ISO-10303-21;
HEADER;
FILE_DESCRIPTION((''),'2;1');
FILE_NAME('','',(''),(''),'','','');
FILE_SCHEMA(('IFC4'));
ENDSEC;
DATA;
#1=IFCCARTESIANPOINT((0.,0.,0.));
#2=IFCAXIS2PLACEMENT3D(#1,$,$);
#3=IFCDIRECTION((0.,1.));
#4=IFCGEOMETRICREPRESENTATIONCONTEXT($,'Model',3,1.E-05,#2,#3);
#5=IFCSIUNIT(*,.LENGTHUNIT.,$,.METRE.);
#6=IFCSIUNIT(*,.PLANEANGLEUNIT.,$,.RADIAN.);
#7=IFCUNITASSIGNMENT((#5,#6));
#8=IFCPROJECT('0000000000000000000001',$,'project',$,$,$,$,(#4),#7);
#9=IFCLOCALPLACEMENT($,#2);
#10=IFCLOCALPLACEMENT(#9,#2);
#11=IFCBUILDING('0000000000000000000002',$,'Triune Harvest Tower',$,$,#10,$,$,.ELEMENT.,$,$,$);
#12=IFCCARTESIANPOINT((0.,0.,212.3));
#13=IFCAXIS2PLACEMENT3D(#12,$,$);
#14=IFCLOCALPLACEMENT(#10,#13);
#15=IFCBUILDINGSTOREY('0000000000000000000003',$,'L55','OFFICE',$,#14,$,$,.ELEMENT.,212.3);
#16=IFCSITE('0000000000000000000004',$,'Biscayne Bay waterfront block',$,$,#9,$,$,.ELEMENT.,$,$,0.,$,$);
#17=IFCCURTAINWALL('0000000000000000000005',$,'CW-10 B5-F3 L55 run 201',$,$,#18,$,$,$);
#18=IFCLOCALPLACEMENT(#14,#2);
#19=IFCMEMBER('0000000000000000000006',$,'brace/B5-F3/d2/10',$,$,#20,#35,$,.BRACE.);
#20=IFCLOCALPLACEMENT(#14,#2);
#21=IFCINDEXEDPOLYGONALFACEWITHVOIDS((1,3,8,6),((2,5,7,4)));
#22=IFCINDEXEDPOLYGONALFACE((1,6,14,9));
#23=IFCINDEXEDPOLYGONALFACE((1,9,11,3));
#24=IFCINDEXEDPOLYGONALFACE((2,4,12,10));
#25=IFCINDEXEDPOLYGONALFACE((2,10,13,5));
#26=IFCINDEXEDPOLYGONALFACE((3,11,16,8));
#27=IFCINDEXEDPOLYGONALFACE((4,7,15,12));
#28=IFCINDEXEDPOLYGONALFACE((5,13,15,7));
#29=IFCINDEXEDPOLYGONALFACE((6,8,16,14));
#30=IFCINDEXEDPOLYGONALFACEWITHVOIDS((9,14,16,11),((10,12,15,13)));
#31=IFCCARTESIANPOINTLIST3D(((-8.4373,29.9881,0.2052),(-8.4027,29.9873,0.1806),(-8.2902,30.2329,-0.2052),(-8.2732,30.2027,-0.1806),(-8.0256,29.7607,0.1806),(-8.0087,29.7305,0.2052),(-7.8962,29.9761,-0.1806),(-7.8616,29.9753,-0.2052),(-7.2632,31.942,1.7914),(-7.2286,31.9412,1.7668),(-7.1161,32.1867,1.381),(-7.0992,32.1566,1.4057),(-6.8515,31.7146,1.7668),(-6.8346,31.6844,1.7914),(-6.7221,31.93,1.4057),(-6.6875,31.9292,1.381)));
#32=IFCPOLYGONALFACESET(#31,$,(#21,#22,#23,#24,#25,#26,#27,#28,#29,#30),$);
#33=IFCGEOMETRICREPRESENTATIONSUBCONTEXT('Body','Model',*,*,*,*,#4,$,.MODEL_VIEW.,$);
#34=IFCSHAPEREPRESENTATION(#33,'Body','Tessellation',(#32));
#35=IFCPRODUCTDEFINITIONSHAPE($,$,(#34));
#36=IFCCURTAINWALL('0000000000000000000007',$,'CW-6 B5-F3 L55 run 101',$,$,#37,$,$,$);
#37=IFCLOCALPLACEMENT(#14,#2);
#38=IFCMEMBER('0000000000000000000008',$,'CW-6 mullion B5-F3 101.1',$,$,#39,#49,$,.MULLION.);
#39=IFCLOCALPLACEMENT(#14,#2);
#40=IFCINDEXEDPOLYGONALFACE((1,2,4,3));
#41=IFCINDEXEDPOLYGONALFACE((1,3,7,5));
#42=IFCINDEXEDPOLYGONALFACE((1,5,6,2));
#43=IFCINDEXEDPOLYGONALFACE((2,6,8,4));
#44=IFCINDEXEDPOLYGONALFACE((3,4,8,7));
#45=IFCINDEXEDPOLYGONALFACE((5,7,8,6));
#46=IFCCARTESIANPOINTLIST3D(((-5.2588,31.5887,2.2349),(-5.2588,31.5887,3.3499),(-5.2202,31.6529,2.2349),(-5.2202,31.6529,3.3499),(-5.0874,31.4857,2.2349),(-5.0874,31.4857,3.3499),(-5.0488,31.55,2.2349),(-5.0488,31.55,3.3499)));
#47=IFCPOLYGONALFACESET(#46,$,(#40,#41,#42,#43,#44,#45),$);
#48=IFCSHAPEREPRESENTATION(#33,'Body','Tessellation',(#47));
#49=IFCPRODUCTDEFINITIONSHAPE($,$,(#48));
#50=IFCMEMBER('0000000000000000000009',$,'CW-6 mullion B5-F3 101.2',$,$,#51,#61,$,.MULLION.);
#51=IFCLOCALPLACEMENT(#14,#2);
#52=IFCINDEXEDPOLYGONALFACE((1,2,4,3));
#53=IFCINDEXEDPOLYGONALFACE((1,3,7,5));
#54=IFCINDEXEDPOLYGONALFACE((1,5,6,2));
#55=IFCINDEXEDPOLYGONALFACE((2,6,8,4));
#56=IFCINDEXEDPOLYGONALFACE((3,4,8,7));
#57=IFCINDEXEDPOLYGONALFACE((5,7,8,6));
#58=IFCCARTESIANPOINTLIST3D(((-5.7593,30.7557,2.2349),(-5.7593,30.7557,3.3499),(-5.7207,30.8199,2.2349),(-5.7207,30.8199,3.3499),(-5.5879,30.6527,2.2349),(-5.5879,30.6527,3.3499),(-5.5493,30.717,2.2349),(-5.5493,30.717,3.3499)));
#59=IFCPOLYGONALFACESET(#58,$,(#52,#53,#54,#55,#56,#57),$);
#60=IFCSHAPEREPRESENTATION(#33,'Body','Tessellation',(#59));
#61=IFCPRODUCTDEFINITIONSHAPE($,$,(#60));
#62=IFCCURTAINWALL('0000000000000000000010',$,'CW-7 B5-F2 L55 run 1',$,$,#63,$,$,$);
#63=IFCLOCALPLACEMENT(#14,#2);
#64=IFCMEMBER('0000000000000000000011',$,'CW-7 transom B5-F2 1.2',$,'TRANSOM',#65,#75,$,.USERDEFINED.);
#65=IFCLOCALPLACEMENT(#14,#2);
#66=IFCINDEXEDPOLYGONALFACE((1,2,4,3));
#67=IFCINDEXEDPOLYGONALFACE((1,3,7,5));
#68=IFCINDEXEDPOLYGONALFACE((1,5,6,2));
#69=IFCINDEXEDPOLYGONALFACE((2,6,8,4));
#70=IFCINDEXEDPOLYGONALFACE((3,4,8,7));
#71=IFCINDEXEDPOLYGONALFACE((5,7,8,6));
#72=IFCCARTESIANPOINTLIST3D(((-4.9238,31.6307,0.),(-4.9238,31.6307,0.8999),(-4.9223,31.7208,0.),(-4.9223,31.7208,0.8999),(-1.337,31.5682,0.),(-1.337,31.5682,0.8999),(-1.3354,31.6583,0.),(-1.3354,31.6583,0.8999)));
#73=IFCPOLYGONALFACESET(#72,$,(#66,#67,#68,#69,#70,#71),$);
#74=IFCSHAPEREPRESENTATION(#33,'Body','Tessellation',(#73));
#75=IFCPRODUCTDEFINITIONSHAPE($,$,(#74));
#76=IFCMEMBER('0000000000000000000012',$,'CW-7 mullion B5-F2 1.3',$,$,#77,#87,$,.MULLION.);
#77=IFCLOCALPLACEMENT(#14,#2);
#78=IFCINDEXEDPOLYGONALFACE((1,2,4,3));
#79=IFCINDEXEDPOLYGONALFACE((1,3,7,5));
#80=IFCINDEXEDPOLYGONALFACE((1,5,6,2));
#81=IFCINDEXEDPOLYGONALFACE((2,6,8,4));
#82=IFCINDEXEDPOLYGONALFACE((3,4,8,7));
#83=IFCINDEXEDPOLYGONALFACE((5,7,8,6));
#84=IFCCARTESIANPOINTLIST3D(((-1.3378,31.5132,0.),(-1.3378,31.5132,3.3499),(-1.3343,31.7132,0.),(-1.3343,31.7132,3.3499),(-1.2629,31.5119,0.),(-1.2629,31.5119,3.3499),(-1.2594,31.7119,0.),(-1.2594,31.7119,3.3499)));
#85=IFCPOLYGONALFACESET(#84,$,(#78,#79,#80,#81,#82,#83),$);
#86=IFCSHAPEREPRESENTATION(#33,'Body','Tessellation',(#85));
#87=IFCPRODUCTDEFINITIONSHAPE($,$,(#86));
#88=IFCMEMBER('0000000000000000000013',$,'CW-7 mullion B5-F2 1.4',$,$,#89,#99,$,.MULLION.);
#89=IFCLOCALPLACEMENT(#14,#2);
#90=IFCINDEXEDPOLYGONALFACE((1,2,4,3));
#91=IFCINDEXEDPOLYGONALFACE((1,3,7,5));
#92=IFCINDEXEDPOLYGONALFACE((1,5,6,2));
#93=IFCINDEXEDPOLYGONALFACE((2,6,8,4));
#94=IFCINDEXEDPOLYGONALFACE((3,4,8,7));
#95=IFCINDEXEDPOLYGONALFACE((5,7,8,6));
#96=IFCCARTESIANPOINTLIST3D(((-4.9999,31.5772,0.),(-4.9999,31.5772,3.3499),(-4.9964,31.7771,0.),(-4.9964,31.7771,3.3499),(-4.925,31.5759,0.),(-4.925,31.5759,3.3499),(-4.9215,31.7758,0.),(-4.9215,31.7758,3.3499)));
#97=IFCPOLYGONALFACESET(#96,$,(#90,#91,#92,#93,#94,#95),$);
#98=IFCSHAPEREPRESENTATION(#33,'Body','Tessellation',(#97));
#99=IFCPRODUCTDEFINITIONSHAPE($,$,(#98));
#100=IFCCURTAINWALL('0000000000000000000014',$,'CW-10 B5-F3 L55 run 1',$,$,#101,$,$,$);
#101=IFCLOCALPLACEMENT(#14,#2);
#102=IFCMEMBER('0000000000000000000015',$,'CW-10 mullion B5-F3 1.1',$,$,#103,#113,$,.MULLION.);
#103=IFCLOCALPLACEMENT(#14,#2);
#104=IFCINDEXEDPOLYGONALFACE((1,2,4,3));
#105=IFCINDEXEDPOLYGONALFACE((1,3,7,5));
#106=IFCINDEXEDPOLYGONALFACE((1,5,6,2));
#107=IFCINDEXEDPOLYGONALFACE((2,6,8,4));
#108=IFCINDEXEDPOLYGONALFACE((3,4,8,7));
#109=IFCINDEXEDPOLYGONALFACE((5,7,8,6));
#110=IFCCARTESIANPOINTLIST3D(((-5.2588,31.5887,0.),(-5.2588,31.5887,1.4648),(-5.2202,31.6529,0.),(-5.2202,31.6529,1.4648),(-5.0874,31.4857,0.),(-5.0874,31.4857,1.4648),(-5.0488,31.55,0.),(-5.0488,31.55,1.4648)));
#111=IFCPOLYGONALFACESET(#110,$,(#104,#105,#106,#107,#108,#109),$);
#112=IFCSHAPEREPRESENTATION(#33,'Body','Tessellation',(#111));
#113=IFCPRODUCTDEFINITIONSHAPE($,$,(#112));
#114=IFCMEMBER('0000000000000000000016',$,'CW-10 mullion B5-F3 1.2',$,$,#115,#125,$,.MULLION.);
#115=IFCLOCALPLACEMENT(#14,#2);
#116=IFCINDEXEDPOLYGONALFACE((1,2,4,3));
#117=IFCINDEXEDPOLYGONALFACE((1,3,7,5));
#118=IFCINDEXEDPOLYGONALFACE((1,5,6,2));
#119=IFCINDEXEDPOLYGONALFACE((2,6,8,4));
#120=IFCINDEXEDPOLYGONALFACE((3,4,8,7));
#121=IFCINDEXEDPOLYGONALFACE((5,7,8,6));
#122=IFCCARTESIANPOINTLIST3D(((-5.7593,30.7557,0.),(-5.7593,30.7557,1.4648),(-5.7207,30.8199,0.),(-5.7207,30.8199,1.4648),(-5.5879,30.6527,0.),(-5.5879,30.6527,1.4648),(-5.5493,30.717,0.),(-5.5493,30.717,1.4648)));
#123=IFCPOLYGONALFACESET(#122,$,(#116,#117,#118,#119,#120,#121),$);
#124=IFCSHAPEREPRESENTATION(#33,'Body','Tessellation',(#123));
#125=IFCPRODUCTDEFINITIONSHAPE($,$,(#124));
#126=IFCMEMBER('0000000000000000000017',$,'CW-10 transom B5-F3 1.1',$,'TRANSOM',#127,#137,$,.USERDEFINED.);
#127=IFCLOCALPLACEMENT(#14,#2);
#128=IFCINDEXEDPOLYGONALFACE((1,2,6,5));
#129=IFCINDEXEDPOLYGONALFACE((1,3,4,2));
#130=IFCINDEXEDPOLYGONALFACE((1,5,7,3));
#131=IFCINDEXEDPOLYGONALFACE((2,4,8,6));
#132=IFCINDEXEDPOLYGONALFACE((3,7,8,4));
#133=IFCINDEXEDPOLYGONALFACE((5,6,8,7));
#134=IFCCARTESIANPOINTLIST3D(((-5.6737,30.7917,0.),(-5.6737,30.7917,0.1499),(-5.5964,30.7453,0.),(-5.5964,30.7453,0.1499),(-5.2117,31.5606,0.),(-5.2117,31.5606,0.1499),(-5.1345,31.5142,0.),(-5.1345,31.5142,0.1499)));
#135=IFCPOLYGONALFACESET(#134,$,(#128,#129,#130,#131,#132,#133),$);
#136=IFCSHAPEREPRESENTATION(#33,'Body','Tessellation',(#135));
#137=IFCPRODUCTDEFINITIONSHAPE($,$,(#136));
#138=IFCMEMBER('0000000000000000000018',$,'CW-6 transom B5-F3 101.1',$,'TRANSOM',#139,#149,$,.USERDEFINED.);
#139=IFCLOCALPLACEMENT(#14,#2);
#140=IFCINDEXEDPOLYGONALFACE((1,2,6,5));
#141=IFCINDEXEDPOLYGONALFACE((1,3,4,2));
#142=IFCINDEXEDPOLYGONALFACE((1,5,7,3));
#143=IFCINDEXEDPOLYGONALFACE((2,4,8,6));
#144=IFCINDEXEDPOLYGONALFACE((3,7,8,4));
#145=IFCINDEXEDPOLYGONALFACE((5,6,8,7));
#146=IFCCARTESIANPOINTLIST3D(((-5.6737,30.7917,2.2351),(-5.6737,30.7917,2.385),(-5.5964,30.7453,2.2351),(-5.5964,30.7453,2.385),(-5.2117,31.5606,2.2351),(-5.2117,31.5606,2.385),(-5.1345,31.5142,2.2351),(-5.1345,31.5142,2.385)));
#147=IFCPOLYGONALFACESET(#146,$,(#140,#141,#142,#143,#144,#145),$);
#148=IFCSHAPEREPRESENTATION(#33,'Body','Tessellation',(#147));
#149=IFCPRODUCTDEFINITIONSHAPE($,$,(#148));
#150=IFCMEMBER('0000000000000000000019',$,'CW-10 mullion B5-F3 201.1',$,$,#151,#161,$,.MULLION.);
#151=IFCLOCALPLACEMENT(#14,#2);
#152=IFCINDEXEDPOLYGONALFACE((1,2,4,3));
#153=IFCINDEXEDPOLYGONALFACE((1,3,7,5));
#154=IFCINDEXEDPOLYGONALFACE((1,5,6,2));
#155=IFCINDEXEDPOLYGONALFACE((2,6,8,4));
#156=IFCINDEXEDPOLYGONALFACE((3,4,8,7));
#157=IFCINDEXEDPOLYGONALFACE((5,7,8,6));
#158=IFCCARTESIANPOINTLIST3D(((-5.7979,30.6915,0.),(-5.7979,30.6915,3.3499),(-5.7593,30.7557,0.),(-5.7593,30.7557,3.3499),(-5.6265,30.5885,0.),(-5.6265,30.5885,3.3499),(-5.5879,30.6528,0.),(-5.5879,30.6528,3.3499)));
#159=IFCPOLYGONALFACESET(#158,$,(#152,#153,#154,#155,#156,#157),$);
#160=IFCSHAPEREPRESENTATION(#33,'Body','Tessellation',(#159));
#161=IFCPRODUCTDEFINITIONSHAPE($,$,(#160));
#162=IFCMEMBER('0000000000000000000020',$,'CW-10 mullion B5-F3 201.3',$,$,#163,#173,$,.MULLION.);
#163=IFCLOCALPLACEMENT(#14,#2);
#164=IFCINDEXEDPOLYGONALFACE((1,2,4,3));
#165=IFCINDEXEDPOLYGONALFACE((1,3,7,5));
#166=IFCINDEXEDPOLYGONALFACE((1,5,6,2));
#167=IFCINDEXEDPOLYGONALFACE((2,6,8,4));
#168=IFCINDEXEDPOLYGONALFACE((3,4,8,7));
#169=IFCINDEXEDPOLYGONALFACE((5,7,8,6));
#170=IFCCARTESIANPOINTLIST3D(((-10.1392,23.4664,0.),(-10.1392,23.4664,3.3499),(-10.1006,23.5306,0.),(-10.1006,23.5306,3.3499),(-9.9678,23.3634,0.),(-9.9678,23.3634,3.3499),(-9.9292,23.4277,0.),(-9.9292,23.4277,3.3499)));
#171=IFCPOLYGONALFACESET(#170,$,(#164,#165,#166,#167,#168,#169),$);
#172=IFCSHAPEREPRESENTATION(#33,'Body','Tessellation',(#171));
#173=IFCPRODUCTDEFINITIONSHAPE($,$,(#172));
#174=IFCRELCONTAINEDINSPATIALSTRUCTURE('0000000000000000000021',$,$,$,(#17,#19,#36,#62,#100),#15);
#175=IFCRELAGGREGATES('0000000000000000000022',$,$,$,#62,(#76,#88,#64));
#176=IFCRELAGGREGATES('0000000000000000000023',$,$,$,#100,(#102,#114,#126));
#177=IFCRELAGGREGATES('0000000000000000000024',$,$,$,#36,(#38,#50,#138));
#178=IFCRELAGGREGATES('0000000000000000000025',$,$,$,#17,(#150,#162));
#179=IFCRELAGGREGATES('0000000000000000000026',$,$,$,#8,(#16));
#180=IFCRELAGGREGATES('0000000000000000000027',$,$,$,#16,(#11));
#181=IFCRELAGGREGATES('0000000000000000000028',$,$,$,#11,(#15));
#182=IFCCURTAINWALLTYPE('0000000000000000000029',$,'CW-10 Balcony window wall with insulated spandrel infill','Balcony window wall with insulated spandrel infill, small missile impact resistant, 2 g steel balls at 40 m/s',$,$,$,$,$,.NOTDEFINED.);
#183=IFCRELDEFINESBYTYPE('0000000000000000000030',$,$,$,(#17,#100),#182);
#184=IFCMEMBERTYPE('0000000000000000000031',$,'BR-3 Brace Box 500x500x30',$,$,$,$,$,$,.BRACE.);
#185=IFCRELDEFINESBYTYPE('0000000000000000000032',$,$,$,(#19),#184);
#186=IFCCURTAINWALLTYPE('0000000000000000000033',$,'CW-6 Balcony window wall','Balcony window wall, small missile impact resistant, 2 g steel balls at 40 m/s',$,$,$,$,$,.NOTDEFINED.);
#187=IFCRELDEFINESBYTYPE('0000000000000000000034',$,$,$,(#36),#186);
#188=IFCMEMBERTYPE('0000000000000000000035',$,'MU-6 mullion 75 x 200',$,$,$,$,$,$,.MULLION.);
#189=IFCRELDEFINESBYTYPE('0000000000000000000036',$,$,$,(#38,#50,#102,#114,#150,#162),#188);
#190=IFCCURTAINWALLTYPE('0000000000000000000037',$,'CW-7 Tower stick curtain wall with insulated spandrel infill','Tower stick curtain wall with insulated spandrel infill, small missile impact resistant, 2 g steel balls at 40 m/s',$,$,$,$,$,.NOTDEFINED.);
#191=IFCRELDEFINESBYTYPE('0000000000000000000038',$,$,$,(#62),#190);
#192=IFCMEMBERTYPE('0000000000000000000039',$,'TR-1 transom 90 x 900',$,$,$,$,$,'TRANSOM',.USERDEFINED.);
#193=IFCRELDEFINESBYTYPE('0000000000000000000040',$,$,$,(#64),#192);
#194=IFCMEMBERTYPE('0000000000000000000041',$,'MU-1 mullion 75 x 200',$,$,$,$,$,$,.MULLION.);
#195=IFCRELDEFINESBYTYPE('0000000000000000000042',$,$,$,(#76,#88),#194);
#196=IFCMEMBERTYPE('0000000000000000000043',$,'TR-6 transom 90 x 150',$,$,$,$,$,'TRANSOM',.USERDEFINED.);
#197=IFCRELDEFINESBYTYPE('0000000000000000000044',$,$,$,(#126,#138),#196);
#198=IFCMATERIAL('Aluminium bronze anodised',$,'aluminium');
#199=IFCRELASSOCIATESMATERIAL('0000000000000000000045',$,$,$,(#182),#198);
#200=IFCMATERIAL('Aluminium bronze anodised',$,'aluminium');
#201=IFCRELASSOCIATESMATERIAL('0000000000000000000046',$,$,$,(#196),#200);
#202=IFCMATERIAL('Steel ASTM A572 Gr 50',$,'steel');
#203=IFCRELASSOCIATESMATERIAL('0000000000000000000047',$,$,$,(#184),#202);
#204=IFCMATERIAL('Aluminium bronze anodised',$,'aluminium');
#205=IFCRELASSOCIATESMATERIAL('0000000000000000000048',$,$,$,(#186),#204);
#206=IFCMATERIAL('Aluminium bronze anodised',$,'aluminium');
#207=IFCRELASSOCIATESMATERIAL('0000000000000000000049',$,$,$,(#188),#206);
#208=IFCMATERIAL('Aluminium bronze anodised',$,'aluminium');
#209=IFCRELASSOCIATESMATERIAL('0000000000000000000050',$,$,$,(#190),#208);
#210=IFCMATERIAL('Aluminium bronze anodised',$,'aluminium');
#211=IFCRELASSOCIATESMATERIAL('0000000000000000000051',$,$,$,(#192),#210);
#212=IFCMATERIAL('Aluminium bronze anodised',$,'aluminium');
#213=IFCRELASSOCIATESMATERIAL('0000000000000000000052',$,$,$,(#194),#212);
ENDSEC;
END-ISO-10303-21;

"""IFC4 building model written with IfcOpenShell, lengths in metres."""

from ifc_helpers import new_model, si_unit, direction, frame, origin, origin_2d, place, context, subcontext, project, spatial, rectangle, hollow_rectangle, extrude, source, transform, mapped, material, material_profile, profile_set, type_object, element, aggregate, save


model = new_model("IFC4")

# Units and contexts
model_context = context("Model", 3, precision=1e-05, world=origin(), true_north=direction((0.0, 1.0)))
body_context = subcontext(model_context, "Body", "Model", "MODEL_VIEW")
ifc_project = project(units=[si_unit("LENGTHUNIT", "METRE"), si_unit("PLANEANGLEUNIT", "RADIAN")], contexts=[model_context])

# Site, building, storey
site_placement = place(None, origin())
site = spatial("IfcSite", under=ifc_project, at=site_placement, Name="Biscayne Bay waterfront block", CompositionType="ELEMENT", RefElevation=0.0)
building_placement = place(site_placement, origin())
building = spatial("IfcBuilding", under=site, at=building_placement, Name="Triune Harvest Tower", CompositionType="ELEMENT")
storey_placement = place(building_placement, frame((0.0, 0.0, 212.3)))
storey = spatial("IfcBuildingStorey", under=building, at=storey_placement, Name="L55", Description="OFFICE", CompositionType="ELEMENT", Elevation=212.3)

# Curtain wall
ifc_material_1 = material(Name="Aluminium bronze anodised", Category="aluminium")
curtain_wall_type_1 = type_object("IfcCurtainWallType", Name="CW-10 Balcony window wall with insulated spandrel infill", Description="Balcony window wall with insulated spandrel infill, small missile impact resistant, 2 g steel balls at 40 m/s", PredefinedType="NOTDEFINED", material=ifc_material_1)
curtain_wall_1_placement = place(storey_placement, origin())
curtain_wall_1 = element("IfcCurtainWall", 1, at=curtain_wall_1_placement, inside=storey, type_object=curtain_wall_type_1, Name="CW-10 B5-F3 L55 run 201")
ifc_material_2 = material(Name="Aluminium bronze anodised", Category="aluminium")
ifc_material_profile_1 = material_profile(ifc_material_2, rectangle(XDim=0.0901, YDim=0.1499, at=origin_2d()), Name="TR-6 transom 90 x 150")
ifc_profile_set_1 = profile_set([ifc_material_profile_1], Name="Aluminium bronze anodised")
member_type_1 = type_object("IfcMemberType", Name="TR-6 transom 90 x 150", ElementType="TRANSOM", PredefinedType="USERDEFINED", material=ifc_profile_set_1)

# Member
ifc_material_3 = material(Name="Steel ASTM A572 Gr 50", Category="steel")
ifc_material_profile_2 = material_profile(ifc_material_3, hollow_rectangle(XDim=0.5, YDim=0.5, WallThickness=0.03, at=origin_2d()), Name="Box 500x500x30")
ifc_profile_set_2 = profile_set([ifc_material_profile_2], Name="Steel ASTM A572 Gr 50")
member_type_2 = type_object("IfcMemberType", Name="BR-3 Brace Box 500x500x30", PredefinedType="BRACE", material=ifc_profile_set_2)
shared_shape_1 = source(origin(), body_context, "Body", "SweptSolid", [
    extrude(hollow_rectangle(XDim=0.5, YDim=0.5, WallThickness=0.03, at=origin_2d()), origin(), (0.0, 0.0, 1.0), 2.7771),
])
member_1_placement = place(storey_placement, frame((-8.1494, 29.9817, 0.0), z_axis=(0.422778, 0.703574, 0.571176), x_axis=(-0.857153, 0.515063, 0.0)))
element("IfcMember", 2, at=member_1_placement, inside=storey, type_object=member_type_2, Name="brace/B5-F3/d2/10", PredefinedType="BRACE", context=body_context, shape_type="MappedRepresentation", body=[
    mapped(shared_shape_1, transform((0.0, 0.0, 0.0), scale=1.0)),
])

# Curtain walls, members
ifc_material_4 = material(Name="Aluminium bronze anodised", Category="aluminium")
curtain_wall_type_2 = type_object("IfcCurtainWallType", Name="CW-6 Balcony window wall", Description="Balcony window wall, small missile impact resistant, 2 g steel balls at 40 m/s", PredefinedType="NOTDEFINED", material=ifc_material_4)
curtain_wall_2_placement = place(storey_placement, origin())
curtain_wall_2 = element("IfcCurtainWall", 3, at=curtain_wall_2_placement, inside=storey, type_object=curtain_wall_type_2, Name="CW-6 B5-F3 L55 run 101")
ifc_material_5 = material(Name="Aluminium bronze anodised", Category="aluminium")
ifc_material_profile_3 = material_profile(ifc_material_5, rectangle(XDim=0.2, YDim=0.075, at=origin_2d()), Name="MU-6 mullion 75 x 200")
ifc_profile_set_3 = profile_set([ifc_material_profile_3], Name="Aluminium bronze anodised")
member_type_3 = type_object("IfcMemberType", Name="MU-6 mullion 75 x 200", PredefinedType="MULLION", material=ifc_profile_set_3)
shared_shape_2 = source(origin(), body_context, "Body", "SweptSolid", [
    extrude(rectangle(XDim=0.2, YDim=0.075, at=origin_2d()), origin(), (0.0, 0.0, 1.0), 1.115),
])
member_2_placement = place(storey_placement, frame((-5.1538, 31.5693, 2.2349), z_axis=(0.0, 0.0, 1.0), x_axis=(0.857189, -0.515001, 0.0)))
member_2 = element("IfcMember", 4, at=member_2_placement, type_object=member_type_3, Name="CW-6 mullion B5-F3 101.1", PredefinedType="MULLION", context=body_context, shape_type="MappedRepresentation", body=[
    mapped(shared_shape_2, transform((0.0, 0.0, 0.0), scale=1.0)),
])
member_3_placement = place(storey_placement, frame((-5.6543, 30.7363, 2.2349), z_axis=(0.0, 0.0, 1.0), x_axis=(0.857189, -0.515001, 0.0)))
member_3 = element("IfcMember", 5, at=member_3_placement, type_object=member_type_3, Name="CW-6 mullion B5-F3 101.2", PredefinedType="MULLION", context=body_context, shape_type="MappedRepresentation", body=[
    mapped(shared_shape_2, transform((0.0, 0.0, 0.0), scale=1.0)),
])
ifc_material_6 = material(Name="Aluminium bronze anodised", Category="aluminium")
curtain_wall_type_3 = type_object("IfcCurtainWallType", Name="CW-7 Tower stick curtain wall with insulated spandrel infill", Description="Tower stick curtain wall with insulated spandrel infill, small missile impact resistant, 2 g steel balls at 40 m/s", PredefinedType="NOTDEFINED", material=ifc_material_6)
curtain_wall_3_placement = place(storey_placement, origin())
curtain_wall_3 = element("IfcCurtainWall", 6, at=curtain_wall_3_placement, inside=storey, type_object=curtain_wall_type_3, Name="CW-7 B5-F2 L55 run 1")
ifc_material_7 = material(Name="Aluminium bronze anodised", Category="aluminium")
ifc_material_profile_4 = material_profile(ifc_material_7, rectangle(XDim=0.0901, YDim=0.8999, at=origin_2d()), Name="TR-1 transom 90 x 900")
ifc_profile_set_4 = profile_set([ifc_material_profile_4], Name="Aluminium bronze anodised")
member_type_4 = type_object("IfcMemberType", Name="TR-1 transom 90 x 900", ElementType="TRANSOM", PredefinedType="USERDEFINED", material=ifc_profile_set_4)
shared_shape_3 = source(origin(), body_context, "Body", "SweptSolid", [
    extrude(rectangle(XDim=0.0901, YDim=0.8999, at=origin_2d()), origin(), (0.0, 0.0, 1.0), 3.5874),
])
member_4_placement = place(storey_placement, frame((-1.3362, 31.6133, 0.45), z_axis=(-0.999848, 0.017422, 0.0), x_axis=(-0.017422, -0.999848, 0.0)))
member_4 = element("IfcMember", 7, at=member_4_placement, type_object=member_type_4, Name="CW-7 transom B5-F2 1.2", ObjectType="TRANSOM", PredefinedType="USERDEFINED", context=body_context, shape_type="MappedRepresentation", body=[
    mapped(shared_shape_3, transform((0.0, 0.0, 0.0), scale=1.0)),
])
ifc_material_8 = material(Name="Aluminium bronze anodised", Category="aluminium")
ifc_material_profile_5 = material_profile(ifc_material_8, rectangle(XDim=0.2, YDim=0.075, at=origin_2d()), Name="MU-1 mullion 75 x 200")
ifc_profile_set_5 = profile_set([ifc_material_profile_5], Name="Aluminium bronze anodised")
member_type_5 = type_object("IfcMemberType", Name="MU-1 mullion 75 x 200", PredefinedType="MULLION", material=ifc_profile_set_5)
shared_shape_4 = source(origin(), body_context, "Body", "SweptSolid", [
    extrude(rectangle(XDim=0.2, YDim=0.075, at=origin_2d()), origin(), (0.0, 0.0, 1.0), 3.3499),
])
member_5_placement = place(storey_placement, frame((-1.2986, 31.6125, 0.0), z_axis=(0.0, 0.0, 1.0), x_axis=(-0.017446, -0.999848, 0.0)))
member_5 = element("IfcMember", 8, at=member_5_placement, type_object=member_type_5, Name="CW-7 mullion B5-F2 1.3", PredefinedType="MULLION", context=body_context, shape_type="MappedRepresentation", body=[
    mapped(shared_shape_4, transform((0.0, 0.0, 0.0), scale=1.0)),
])
member_6_placement = place(storey_placement, frame((-4.9607, 31.6765, 0.0), z_axis=(0.0, 0.0, 1.0), x_axis=(-0.017446, -0.999848, 0.0)))
member_6 = element("IfcMember", 9, at=member_6_placement, type_object=member_type_5, Name="CW-7 mullion B5-F2 1.4", PredefinedType="MULLION", context=body_context, shape_type="MappedRepresentation", body=[
    mapped(shared_shape_4, transform((0.0, 0.0, 0.0), scale=1.0)),
])
curtain_wall_4_placement = place(storey_placement, origin())
curtain_wall_4 = element("IfcCurtainWall", 10, at=curtain_wall_4_placement, inside=storey, type_object=curtain_wall_type_1, Name="CW-10 B5-F3 L55 run 1")
shared_shape_5 = source(origin(), body_context, "Body", "SweptSolid", [
    extrude(rectangle(XDim=0.2, YDim=0.075, at=origin_2d()), origin(), (0.0, 0.0, 1.0), 1.4648),
])
member_7_placement = place(storey_placement, frame((-5.1538, 31.5693, 0.0), z_axis=(0.0, 0.0, 1.0), x_axis=(0.857189, -0.515001, 0.0)))
member_7 = element("IfcMember", 11, at=member_7_placement, type_object=member_type_3, Name="CW-10 mullion B5-F3 1.1", PredefinedType="MULLION", context=body_context, shape_type="MappedRepresentation", body=[
    mapped(shared_shape_5, transform((0.0, 0.0, 0.0), scale=1.0)),
])
member_8_placement = place(storey_placement, frame((-5.6543, 30.7363, 0.0), z_axis=(0.0, 0.0, 1.0), x_axis=(0.857189, -0.515001, 0.0)))
member_8 = element("IfcMember", 12, at=member_8_placement, type_object=member_type_3, Name="CW-10 mullion B5-F3 1.2", PredefinedType="MULLION", context=body_context, shape_type="MappedRepresentation", body=[
    mapped(shared_shape_5, transform((0.0, 0.0, 0.0), scale=1.0)),
])
shared_shape_6 = source(origin(), body_context, "Body", "SweptSolid", [
    extrude(rectangle(XDim=0.0901, YDim=0.1499, at=origin_2d()), origin(), (0.0, 0.0, 1.0), 0.897),
])
member_9_placement = place(storey_placement, frame((-5.1731, 31.5374, 0.075), z_axis=(-0.515016, -0.857181, 0.0), x_axis=(0.857181, -0.515016, 0.0)))
member_9 = element("IfcMember", 13, at=member_9_placement, type_object=member_type_1, Name="CW-10 transom B5-F3 1.1", ObjectType="TRANSOM", PredefinedType="USERDEFINED", context=body_context, shape_type="MappedRepresentation", body=[
    mapped(shared_shape_6, transform((0.0, 0.0, 0.0), scale=1.0)),
])

# Members
member_10_placement = place(storey_placement, frame((-5.1731, 31.5374, 2.3101), z_axis=(-0.515016, -0.857181, 0.0), x_axis=(0.857181, -0.515016, 0.0)))
member_10 = element("IfcMember", 14, at=member_10_placement, type_object=member_type_1, Name="CW-6 transom B5-F3 101.1", ObjectType="TRANSOM", PredefinedType="USERDEFINED", context=body_context, shape_type="MappedRepresentation", body=[
    mapped(shared_shape_6, transform((0.0, 0.0, 0.0), scale=1.0)),
])
shared_shape_7 = source(origin(), body_context, "Body", "SweptSolid", [
    extrude(rectangle(XDim=0.2, YDim=0.075, at=origin_2d()), origin(), (0.0, 0.0, 1.0), 3.3499),
])
member_11_placement = place(storey_placement, frame((-5.6929, 30.6721, 0.0), z_axis=(0.0, 0.0, 1.0), x_axis=(0.857171, -0.515032, 0.0)))
member_11 = element("IfcMember", 15, at=member_11_placement, type_object=member_type_3, Name="CW-10 mullion B5-F3 201.1", PredefinedType="MULLION", context=body_context, shape_type="MappedRepresentation", body=[
    mapped(shared_shape_7, transform((0.0, 0.0, 0.0), scale=1.0)),
])
member_12_placement = place(storey_placement, frame((-10.0342, 23.447, 0.0), z_axis=(0.0, 0.0, 1.0), x_axis=(0.857171, -0.515032, 0.0)))
member_12 = element("IfcMember", 16, at=member_12_placement, type_object=member_type_3, Name="CW-10 mullion B5-F3 201.3", PredefinedType="MULLION", context=body_context, shape_type="MappedRepresentation", body=[
    mapped(shared_shape_7, transform((0.0, 0.0, 0.0), scale=1.0)),
])

aggregate(curtain_wall_3, [member_5, member_6, member_4])
aggregate(curtain_wall_4, [member_7, member_8, member_9])
aggregate(curtain_wall_2, [member_2, member_3, member_10])
aggregate(curtain_wall_1, [member_11, member_12])

save(model, "model.ifc")
